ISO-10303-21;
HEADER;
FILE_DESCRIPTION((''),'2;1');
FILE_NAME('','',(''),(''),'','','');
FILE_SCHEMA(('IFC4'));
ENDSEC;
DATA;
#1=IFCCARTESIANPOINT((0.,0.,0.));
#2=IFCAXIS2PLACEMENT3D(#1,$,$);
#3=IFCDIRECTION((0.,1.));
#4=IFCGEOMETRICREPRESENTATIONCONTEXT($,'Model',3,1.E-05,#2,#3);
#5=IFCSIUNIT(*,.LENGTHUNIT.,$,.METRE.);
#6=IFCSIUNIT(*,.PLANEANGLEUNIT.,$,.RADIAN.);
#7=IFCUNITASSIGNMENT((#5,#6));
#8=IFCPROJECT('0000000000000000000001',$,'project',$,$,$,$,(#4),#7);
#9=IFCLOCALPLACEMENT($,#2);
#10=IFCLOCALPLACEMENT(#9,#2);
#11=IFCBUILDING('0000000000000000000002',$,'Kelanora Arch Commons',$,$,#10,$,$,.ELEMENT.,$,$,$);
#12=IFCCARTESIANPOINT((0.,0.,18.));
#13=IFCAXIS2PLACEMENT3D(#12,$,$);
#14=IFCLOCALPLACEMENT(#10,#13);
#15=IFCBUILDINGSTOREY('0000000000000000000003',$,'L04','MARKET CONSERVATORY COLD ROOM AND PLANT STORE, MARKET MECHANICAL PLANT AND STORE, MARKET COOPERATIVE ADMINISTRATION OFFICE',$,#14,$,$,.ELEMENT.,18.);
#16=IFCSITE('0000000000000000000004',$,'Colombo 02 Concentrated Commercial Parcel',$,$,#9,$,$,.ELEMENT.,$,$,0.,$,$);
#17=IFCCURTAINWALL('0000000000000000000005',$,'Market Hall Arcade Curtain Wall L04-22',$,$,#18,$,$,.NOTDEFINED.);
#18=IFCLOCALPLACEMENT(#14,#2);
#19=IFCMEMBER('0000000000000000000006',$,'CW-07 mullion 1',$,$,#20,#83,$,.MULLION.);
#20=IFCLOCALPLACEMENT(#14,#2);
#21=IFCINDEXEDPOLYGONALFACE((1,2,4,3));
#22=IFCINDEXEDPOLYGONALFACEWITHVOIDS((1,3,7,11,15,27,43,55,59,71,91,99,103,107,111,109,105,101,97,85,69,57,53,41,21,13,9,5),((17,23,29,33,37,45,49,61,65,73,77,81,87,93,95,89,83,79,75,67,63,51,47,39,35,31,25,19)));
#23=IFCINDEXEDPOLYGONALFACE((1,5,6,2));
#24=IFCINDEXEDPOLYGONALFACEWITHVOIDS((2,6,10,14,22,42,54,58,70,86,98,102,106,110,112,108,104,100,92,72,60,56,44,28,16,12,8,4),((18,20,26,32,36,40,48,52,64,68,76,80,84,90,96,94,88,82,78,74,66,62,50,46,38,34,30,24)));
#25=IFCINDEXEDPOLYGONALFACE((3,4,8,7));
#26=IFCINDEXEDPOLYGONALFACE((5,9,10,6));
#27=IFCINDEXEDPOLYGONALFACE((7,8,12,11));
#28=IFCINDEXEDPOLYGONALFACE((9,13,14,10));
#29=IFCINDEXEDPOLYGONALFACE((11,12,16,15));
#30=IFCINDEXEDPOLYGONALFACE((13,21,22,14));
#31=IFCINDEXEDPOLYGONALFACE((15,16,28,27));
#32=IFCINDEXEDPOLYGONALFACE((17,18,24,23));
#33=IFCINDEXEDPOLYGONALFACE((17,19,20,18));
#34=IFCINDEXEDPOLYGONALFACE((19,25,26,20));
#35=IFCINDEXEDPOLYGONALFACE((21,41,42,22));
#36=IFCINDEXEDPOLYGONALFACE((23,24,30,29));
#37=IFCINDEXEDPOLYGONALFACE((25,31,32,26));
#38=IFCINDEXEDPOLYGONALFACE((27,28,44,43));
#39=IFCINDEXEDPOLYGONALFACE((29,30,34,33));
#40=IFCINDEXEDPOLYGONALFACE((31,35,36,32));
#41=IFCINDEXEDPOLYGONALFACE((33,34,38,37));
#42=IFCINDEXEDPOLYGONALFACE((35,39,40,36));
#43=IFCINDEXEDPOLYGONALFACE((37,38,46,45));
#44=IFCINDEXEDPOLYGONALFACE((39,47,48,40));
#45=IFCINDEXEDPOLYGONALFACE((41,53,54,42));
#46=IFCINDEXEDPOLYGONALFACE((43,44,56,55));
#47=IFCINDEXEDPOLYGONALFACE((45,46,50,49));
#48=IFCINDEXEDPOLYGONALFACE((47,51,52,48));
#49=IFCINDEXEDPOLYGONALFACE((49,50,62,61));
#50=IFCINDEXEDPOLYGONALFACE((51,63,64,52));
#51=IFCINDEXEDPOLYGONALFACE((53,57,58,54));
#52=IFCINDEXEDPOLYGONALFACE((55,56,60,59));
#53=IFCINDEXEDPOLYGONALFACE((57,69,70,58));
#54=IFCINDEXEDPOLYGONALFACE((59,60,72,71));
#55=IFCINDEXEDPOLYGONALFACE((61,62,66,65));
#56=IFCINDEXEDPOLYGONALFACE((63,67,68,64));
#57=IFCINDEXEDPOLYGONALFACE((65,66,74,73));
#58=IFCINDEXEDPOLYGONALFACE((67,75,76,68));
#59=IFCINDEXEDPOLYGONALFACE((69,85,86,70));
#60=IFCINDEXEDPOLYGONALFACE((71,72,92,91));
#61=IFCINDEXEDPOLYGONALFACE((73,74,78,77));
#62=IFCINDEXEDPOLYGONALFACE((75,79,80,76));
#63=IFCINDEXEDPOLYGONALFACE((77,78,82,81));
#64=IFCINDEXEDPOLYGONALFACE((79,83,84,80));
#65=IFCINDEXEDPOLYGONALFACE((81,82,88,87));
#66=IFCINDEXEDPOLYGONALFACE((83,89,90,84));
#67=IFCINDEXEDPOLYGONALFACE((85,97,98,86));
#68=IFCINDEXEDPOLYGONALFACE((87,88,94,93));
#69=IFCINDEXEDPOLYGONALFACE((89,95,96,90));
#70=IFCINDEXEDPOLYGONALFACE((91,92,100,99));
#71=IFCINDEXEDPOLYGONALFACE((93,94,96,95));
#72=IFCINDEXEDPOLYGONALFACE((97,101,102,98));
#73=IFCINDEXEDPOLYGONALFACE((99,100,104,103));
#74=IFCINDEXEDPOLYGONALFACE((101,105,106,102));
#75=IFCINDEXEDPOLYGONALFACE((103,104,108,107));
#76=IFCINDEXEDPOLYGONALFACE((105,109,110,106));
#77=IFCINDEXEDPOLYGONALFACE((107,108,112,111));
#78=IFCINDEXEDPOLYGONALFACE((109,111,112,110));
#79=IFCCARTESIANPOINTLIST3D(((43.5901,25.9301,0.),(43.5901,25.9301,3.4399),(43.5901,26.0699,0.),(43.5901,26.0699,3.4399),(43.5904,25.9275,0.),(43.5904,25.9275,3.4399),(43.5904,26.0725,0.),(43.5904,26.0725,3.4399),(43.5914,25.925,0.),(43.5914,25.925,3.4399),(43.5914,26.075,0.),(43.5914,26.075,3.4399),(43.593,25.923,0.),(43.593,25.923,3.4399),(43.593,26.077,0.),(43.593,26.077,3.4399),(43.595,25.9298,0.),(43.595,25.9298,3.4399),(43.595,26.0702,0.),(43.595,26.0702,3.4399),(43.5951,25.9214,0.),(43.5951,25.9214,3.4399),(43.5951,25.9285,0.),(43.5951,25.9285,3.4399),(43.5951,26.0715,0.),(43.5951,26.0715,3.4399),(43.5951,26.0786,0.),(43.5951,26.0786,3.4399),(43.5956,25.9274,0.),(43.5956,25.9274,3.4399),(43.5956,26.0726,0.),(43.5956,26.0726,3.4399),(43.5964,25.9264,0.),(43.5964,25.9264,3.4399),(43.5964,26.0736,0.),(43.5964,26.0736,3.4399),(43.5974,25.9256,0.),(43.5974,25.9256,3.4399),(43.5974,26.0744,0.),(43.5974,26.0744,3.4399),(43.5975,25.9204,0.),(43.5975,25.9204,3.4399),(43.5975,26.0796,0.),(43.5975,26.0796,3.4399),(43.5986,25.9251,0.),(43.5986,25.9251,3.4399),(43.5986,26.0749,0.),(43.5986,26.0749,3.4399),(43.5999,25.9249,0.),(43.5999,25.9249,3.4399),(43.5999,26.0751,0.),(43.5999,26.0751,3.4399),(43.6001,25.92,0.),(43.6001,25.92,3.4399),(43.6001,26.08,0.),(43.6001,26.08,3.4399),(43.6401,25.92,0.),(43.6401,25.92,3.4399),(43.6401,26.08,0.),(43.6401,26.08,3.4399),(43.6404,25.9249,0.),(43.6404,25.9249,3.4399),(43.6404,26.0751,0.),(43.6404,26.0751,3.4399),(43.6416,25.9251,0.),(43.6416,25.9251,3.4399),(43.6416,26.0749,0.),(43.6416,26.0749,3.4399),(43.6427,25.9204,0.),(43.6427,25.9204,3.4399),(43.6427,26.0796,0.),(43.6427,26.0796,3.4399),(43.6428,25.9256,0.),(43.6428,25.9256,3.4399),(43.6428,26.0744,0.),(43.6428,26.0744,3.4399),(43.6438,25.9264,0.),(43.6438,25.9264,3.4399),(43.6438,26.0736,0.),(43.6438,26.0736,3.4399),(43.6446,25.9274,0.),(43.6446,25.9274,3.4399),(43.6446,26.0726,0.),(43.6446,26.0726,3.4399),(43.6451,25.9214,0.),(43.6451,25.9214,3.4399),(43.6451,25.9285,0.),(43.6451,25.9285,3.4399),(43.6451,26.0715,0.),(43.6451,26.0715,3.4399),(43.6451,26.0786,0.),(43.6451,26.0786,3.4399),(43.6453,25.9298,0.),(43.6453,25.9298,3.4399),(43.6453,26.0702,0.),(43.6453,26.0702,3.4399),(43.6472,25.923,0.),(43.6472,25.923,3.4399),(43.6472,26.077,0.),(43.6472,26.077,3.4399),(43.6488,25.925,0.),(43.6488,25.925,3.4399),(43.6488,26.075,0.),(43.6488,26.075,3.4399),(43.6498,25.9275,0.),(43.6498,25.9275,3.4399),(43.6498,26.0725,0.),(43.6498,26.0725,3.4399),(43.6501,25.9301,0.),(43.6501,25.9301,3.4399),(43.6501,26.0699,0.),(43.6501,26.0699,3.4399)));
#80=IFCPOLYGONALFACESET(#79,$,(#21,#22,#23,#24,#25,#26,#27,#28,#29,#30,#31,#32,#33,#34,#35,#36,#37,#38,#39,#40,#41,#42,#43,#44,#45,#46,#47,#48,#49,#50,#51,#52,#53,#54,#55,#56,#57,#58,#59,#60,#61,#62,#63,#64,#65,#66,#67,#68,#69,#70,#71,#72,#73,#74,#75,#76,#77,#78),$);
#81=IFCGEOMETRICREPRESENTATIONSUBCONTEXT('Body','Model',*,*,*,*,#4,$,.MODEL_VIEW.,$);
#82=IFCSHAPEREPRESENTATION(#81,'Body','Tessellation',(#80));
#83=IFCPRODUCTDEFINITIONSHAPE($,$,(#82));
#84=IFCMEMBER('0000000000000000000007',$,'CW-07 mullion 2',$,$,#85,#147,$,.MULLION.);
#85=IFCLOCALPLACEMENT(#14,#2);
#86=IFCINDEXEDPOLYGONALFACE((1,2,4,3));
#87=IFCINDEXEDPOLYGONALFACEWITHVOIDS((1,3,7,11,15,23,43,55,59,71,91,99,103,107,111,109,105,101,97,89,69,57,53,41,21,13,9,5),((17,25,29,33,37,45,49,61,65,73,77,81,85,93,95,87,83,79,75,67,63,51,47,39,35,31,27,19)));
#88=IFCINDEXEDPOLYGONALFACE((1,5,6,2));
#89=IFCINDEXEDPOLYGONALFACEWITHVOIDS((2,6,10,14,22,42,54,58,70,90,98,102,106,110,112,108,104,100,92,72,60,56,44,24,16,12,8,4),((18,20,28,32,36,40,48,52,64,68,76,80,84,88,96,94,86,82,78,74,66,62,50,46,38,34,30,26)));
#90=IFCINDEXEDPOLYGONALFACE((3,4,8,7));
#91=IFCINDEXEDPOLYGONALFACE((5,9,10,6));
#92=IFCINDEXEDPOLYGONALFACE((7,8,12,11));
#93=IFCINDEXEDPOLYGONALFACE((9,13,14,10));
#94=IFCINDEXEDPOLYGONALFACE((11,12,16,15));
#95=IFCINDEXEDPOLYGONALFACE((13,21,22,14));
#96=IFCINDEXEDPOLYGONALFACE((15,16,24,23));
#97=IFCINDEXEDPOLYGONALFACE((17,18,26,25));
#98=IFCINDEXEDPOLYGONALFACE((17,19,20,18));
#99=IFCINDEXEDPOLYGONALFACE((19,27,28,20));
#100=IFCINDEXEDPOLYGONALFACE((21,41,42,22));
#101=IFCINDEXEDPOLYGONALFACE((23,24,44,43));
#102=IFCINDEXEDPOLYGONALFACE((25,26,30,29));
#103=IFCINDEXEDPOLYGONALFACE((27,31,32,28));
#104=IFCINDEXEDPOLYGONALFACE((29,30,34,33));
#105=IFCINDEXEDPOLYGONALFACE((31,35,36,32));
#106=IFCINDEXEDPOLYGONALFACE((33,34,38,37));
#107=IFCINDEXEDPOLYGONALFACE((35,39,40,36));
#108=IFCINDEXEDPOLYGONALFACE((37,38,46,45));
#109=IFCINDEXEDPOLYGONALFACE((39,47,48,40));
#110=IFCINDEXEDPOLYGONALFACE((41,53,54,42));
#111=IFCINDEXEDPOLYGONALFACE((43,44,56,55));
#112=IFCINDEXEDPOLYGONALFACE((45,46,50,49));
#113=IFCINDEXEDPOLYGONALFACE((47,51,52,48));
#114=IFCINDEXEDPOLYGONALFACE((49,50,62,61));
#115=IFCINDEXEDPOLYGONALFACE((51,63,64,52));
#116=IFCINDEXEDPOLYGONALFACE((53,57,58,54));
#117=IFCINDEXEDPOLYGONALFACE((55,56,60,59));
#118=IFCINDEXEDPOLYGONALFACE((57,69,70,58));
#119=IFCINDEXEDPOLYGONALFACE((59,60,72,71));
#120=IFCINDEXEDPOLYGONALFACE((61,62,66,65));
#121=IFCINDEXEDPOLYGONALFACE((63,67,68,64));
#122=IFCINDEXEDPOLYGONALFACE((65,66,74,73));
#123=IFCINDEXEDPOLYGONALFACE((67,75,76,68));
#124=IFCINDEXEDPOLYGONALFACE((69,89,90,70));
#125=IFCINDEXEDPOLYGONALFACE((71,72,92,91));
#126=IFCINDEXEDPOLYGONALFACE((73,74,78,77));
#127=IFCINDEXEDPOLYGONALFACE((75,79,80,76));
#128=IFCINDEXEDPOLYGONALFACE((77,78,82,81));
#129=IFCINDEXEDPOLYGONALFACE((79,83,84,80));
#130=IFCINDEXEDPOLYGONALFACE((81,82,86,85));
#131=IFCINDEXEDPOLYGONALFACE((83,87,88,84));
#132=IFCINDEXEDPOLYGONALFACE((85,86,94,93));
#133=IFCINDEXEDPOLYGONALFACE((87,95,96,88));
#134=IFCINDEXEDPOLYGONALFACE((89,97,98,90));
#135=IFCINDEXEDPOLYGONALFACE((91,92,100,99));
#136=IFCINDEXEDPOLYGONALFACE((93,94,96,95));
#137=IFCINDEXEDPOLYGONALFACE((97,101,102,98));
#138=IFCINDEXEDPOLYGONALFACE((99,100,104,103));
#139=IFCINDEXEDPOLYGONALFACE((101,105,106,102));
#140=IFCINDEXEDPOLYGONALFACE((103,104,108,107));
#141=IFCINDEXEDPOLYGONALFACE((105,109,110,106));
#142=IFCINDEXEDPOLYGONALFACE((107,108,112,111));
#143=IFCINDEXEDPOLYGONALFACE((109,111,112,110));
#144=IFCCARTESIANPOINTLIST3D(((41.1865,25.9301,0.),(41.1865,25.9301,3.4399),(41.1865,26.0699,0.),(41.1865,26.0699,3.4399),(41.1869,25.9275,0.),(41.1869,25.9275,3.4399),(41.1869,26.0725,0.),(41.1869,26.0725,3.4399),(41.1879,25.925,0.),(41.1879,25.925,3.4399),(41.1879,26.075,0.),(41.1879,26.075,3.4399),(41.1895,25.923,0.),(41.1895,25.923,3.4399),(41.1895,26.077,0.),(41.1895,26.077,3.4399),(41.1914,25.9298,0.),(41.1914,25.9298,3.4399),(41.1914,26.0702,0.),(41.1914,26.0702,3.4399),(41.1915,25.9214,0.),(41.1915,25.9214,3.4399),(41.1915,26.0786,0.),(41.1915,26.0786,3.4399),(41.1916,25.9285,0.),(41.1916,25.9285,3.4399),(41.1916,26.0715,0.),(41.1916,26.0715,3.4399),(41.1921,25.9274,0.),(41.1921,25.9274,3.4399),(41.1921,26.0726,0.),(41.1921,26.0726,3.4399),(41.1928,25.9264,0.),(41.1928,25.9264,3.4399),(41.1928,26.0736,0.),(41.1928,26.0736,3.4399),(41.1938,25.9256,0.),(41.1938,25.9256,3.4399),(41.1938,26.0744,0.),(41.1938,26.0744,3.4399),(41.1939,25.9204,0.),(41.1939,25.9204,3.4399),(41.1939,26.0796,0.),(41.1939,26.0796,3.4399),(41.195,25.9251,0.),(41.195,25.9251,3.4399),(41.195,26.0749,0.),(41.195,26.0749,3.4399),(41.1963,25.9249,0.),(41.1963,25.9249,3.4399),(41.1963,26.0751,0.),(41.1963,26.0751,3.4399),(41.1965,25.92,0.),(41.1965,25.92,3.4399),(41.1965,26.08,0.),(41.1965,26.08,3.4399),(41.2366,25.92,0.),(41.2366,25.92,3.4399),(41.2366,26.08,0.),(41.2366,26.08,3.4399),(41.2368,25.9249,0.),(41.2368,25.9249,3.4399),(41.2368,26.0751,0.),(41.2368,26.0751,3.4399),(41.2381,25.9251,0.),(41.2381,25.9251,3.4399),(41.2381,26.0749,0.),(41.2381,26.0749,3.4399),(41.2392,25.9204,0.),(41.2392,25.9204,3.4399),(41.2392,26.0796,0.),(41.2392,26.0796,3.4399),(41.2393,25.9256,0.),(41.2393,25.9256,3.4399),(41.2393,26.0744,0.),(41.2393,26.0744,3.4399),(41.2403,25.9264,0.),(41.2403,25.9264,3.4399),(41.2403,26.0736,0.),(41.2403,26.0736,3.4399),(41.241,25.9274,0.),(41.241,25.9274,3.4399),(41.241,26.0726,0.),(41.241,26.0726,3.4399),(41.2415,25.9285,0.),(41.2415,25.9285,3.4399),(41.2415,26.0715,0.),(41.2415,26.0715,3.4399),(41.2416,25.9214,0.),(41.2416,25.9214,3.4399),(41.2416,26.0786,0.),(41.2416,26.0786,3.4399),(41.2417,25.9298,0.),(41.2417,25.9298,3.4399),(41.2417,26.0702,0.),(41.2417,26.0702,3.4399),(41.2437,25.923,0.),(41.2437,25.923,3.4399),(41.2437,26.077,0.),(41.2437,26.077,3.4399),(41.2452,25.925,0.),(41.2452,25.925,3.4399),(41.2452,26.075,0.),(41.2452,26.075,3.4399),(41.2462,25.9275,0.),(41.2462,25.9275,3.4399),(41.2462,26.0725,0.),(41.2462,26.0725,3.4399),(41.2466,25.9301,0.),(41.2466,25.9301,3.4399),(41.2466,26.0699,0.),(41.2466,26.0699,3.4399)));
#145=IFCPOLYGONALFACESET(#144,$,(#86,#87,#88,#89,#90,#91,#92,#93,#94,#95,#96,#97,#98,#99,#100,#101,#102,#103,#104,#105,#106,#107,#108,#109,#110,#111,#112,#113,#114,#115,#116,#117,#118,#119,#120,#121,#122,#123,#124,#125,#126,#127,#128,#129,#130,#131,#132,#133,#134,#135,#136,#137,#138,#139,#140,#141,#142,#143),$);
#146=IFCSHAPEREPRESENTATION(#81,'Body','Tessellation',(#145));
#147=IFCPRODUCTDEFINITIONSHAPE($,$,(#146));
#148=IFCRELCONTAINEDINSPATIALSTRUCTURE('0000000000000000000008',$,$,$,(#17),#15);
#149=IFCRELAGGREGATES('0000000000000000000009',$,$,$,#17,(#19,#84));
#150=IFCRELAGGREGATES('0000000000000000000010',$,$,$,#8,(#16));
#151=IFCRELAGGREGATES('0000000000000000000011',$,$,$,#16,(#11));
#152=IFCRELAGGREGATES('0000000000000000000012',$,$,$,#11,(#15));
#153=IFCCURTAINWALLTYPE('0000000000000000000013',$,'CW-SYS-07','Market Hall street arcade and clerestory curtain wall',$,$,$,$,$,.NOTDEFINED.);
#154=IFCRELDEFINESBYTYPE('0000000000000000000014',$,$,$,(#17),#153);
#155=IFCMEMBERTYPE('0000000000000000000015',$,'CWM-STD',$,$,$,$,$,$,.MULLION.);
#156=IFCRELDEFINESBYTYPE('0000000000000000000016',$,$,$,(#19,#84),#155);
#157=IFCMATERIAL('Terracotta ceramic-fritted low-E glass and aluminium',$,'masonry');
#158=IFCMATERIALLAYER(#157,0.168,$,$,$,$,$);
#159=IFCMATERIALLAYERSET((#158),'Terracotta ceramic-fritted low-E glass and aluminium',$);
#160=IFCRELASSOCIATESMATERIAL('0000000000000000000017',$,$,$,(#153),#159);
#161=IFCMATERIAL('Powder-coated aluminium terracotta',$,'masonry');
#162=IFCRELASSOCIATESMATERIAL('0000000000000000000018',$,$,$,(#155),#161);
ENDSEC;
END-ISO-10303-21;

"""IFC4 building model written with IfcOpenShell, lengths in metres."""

from ifc_helpers import new_model, si_unit, direction, frame, origin, origin_2d, place, context, subcontext, project, spatial, hollow_rectangle, extrude, material, layer, layer_set, material_profile, profile_set, type_object, element, aggregate, save


model = new_model("IFC4")

# Units and contexts
model_context = context("Model", 3, precision=1e-05, world=origin(), true_north=direction((0.0, 1.0)))
body_context = subcontext(model_context, "Body", "Model", "MODEL_VIEW")
ifc_project = project(units=[si_unit("LENGTHUNIT", "METRE"), si_unit("PLANEANGLEUNIT", "RADIAN")], contexts=[model_context])

# Site, building, storey
site_placement = place(None, origin())
site = spatial("IfcSite", under=ifc_project, at=site_placement, Name="Colombo 02 Concentrated Commercial Parcel", CompositionType="ELEMENT", RefElevation=0.0)
building_placement = place(site_placement, origin())
building = spatial("IfcBuilding", under=site, at=building_placement, Name="Kelanora Arch Commons", CompositionType="ELEMENT")
storey_placement = place(building_placement, frame((0.0, 0.0, 18.0)))
storey = spatial("IfcBuildingStorey", under=building, at=storey_placement, Name="L04", Description="MARKET CONSERVATORY COLD ROOM AND PLANT STORE, MARKET MECHANICAL PLANT AND STORE, MARKET COOPERATIVE ADMINISTRATION OFFICE", CompositionType="ELEMENT", Elevation=18.0)

# Curtain wall, members
ifc_material_1 = material(Name="Terracotta ceramic-fritted low-E glass and aluminium", Category="masonry")
ifc_layer_1 = layer(ifc_material_1, 0.168)
ifc_layer_set_1 = layer_set([ifc_layer_1], Name="Terracotta ceramic-fritted low-E glass and aluminium")
curtain_wall_type = type_object("IfcCurtainWallType", Name="CW-SYS-07", Description="Market Hall street arcade and clerestory curtain wall", PredefinedType="NOTDEFINED", material=ifc_layer_set_1)
curtain_wall_placement = place(storey_placement, origin())
curtain_wall = element("IfcCurtainWall", 1, at=curtain_wall_placement, inside=storey, type_object=curtain_wall_type, Name="Market Hall Arcade Curtain Wall L04-22", PredefinedType="NOTDEFINED")
ifc_material_2 = material(Name="Powder-coated aluminium terracotta", Category="masonry")
ifc_material_profile_1 = material_profile(ifc_material_2, hollow_rectangle(XDim=0.1599, YDim=0.0601, WallThickness=0.0049, InnerFilletRadius=0.0049, OuterFilletRadius=0.01, at=origin_2d()), Name="CWM160x60")
ifc_profile_set_1 = profile_set([ifc_material_profile_1], Name="Powder-coated aluminium terracotta")
member_type_1 = type_object("IfcMemberType", Name="CWM-STD", PredefinedType="MULLION", material=ifc_profile_set_1)
member_1_placement = place(storey_placement, frame((43.6201, 26.0, 0.0), z_axis=(0.0, 0.0, 1.0), x_axis=(0.0, -1.0, 0.0)))
member_1 = element("IfcMember", 2, at=member_1_placement, type_object=member_type_1, Name="CW-07 mullion 1", PredefinedType="MULLION", context=body_context, shape_type="SweptSolid", body=[
    extrude(hollow_rectangle(XDim=0.1599, YDim=0.0601, WallThickness=0.0049, InnerFilletRadius=0.0049, OuterFilletRadius=0.01, at=origin_2d()), origin(), (0.0, 0.0, 1.0), 3.4399),
])
member_2_placement = place(storey_placement, frame((41.2166, 26.0, 0.0), z_axis=(0.0, 0.0, 1.0), x_axis=(0.0, -1.0, 0.0)))
member_2 = element("IfcMember", 3, at=member_2_placement, type_object=member_type_1, Name="CW-07 mullion 2", PredefinedType="MULLION", context=body_context, shape_type="SweptSolid", body=[
    extrude(hollow_rectangle(XDim=0.1599, YDim=0.0601, WallThickness=0.0049, InnerFilletRadius=0.0049, OuterFilletRadius=0.01, at=origin_2d()), origin(), (0.0, 0.0, 1.0), 3.4399),
])

aggregate(curtain_wall, [member_1, member_2])

save(model, "model.ifc")
